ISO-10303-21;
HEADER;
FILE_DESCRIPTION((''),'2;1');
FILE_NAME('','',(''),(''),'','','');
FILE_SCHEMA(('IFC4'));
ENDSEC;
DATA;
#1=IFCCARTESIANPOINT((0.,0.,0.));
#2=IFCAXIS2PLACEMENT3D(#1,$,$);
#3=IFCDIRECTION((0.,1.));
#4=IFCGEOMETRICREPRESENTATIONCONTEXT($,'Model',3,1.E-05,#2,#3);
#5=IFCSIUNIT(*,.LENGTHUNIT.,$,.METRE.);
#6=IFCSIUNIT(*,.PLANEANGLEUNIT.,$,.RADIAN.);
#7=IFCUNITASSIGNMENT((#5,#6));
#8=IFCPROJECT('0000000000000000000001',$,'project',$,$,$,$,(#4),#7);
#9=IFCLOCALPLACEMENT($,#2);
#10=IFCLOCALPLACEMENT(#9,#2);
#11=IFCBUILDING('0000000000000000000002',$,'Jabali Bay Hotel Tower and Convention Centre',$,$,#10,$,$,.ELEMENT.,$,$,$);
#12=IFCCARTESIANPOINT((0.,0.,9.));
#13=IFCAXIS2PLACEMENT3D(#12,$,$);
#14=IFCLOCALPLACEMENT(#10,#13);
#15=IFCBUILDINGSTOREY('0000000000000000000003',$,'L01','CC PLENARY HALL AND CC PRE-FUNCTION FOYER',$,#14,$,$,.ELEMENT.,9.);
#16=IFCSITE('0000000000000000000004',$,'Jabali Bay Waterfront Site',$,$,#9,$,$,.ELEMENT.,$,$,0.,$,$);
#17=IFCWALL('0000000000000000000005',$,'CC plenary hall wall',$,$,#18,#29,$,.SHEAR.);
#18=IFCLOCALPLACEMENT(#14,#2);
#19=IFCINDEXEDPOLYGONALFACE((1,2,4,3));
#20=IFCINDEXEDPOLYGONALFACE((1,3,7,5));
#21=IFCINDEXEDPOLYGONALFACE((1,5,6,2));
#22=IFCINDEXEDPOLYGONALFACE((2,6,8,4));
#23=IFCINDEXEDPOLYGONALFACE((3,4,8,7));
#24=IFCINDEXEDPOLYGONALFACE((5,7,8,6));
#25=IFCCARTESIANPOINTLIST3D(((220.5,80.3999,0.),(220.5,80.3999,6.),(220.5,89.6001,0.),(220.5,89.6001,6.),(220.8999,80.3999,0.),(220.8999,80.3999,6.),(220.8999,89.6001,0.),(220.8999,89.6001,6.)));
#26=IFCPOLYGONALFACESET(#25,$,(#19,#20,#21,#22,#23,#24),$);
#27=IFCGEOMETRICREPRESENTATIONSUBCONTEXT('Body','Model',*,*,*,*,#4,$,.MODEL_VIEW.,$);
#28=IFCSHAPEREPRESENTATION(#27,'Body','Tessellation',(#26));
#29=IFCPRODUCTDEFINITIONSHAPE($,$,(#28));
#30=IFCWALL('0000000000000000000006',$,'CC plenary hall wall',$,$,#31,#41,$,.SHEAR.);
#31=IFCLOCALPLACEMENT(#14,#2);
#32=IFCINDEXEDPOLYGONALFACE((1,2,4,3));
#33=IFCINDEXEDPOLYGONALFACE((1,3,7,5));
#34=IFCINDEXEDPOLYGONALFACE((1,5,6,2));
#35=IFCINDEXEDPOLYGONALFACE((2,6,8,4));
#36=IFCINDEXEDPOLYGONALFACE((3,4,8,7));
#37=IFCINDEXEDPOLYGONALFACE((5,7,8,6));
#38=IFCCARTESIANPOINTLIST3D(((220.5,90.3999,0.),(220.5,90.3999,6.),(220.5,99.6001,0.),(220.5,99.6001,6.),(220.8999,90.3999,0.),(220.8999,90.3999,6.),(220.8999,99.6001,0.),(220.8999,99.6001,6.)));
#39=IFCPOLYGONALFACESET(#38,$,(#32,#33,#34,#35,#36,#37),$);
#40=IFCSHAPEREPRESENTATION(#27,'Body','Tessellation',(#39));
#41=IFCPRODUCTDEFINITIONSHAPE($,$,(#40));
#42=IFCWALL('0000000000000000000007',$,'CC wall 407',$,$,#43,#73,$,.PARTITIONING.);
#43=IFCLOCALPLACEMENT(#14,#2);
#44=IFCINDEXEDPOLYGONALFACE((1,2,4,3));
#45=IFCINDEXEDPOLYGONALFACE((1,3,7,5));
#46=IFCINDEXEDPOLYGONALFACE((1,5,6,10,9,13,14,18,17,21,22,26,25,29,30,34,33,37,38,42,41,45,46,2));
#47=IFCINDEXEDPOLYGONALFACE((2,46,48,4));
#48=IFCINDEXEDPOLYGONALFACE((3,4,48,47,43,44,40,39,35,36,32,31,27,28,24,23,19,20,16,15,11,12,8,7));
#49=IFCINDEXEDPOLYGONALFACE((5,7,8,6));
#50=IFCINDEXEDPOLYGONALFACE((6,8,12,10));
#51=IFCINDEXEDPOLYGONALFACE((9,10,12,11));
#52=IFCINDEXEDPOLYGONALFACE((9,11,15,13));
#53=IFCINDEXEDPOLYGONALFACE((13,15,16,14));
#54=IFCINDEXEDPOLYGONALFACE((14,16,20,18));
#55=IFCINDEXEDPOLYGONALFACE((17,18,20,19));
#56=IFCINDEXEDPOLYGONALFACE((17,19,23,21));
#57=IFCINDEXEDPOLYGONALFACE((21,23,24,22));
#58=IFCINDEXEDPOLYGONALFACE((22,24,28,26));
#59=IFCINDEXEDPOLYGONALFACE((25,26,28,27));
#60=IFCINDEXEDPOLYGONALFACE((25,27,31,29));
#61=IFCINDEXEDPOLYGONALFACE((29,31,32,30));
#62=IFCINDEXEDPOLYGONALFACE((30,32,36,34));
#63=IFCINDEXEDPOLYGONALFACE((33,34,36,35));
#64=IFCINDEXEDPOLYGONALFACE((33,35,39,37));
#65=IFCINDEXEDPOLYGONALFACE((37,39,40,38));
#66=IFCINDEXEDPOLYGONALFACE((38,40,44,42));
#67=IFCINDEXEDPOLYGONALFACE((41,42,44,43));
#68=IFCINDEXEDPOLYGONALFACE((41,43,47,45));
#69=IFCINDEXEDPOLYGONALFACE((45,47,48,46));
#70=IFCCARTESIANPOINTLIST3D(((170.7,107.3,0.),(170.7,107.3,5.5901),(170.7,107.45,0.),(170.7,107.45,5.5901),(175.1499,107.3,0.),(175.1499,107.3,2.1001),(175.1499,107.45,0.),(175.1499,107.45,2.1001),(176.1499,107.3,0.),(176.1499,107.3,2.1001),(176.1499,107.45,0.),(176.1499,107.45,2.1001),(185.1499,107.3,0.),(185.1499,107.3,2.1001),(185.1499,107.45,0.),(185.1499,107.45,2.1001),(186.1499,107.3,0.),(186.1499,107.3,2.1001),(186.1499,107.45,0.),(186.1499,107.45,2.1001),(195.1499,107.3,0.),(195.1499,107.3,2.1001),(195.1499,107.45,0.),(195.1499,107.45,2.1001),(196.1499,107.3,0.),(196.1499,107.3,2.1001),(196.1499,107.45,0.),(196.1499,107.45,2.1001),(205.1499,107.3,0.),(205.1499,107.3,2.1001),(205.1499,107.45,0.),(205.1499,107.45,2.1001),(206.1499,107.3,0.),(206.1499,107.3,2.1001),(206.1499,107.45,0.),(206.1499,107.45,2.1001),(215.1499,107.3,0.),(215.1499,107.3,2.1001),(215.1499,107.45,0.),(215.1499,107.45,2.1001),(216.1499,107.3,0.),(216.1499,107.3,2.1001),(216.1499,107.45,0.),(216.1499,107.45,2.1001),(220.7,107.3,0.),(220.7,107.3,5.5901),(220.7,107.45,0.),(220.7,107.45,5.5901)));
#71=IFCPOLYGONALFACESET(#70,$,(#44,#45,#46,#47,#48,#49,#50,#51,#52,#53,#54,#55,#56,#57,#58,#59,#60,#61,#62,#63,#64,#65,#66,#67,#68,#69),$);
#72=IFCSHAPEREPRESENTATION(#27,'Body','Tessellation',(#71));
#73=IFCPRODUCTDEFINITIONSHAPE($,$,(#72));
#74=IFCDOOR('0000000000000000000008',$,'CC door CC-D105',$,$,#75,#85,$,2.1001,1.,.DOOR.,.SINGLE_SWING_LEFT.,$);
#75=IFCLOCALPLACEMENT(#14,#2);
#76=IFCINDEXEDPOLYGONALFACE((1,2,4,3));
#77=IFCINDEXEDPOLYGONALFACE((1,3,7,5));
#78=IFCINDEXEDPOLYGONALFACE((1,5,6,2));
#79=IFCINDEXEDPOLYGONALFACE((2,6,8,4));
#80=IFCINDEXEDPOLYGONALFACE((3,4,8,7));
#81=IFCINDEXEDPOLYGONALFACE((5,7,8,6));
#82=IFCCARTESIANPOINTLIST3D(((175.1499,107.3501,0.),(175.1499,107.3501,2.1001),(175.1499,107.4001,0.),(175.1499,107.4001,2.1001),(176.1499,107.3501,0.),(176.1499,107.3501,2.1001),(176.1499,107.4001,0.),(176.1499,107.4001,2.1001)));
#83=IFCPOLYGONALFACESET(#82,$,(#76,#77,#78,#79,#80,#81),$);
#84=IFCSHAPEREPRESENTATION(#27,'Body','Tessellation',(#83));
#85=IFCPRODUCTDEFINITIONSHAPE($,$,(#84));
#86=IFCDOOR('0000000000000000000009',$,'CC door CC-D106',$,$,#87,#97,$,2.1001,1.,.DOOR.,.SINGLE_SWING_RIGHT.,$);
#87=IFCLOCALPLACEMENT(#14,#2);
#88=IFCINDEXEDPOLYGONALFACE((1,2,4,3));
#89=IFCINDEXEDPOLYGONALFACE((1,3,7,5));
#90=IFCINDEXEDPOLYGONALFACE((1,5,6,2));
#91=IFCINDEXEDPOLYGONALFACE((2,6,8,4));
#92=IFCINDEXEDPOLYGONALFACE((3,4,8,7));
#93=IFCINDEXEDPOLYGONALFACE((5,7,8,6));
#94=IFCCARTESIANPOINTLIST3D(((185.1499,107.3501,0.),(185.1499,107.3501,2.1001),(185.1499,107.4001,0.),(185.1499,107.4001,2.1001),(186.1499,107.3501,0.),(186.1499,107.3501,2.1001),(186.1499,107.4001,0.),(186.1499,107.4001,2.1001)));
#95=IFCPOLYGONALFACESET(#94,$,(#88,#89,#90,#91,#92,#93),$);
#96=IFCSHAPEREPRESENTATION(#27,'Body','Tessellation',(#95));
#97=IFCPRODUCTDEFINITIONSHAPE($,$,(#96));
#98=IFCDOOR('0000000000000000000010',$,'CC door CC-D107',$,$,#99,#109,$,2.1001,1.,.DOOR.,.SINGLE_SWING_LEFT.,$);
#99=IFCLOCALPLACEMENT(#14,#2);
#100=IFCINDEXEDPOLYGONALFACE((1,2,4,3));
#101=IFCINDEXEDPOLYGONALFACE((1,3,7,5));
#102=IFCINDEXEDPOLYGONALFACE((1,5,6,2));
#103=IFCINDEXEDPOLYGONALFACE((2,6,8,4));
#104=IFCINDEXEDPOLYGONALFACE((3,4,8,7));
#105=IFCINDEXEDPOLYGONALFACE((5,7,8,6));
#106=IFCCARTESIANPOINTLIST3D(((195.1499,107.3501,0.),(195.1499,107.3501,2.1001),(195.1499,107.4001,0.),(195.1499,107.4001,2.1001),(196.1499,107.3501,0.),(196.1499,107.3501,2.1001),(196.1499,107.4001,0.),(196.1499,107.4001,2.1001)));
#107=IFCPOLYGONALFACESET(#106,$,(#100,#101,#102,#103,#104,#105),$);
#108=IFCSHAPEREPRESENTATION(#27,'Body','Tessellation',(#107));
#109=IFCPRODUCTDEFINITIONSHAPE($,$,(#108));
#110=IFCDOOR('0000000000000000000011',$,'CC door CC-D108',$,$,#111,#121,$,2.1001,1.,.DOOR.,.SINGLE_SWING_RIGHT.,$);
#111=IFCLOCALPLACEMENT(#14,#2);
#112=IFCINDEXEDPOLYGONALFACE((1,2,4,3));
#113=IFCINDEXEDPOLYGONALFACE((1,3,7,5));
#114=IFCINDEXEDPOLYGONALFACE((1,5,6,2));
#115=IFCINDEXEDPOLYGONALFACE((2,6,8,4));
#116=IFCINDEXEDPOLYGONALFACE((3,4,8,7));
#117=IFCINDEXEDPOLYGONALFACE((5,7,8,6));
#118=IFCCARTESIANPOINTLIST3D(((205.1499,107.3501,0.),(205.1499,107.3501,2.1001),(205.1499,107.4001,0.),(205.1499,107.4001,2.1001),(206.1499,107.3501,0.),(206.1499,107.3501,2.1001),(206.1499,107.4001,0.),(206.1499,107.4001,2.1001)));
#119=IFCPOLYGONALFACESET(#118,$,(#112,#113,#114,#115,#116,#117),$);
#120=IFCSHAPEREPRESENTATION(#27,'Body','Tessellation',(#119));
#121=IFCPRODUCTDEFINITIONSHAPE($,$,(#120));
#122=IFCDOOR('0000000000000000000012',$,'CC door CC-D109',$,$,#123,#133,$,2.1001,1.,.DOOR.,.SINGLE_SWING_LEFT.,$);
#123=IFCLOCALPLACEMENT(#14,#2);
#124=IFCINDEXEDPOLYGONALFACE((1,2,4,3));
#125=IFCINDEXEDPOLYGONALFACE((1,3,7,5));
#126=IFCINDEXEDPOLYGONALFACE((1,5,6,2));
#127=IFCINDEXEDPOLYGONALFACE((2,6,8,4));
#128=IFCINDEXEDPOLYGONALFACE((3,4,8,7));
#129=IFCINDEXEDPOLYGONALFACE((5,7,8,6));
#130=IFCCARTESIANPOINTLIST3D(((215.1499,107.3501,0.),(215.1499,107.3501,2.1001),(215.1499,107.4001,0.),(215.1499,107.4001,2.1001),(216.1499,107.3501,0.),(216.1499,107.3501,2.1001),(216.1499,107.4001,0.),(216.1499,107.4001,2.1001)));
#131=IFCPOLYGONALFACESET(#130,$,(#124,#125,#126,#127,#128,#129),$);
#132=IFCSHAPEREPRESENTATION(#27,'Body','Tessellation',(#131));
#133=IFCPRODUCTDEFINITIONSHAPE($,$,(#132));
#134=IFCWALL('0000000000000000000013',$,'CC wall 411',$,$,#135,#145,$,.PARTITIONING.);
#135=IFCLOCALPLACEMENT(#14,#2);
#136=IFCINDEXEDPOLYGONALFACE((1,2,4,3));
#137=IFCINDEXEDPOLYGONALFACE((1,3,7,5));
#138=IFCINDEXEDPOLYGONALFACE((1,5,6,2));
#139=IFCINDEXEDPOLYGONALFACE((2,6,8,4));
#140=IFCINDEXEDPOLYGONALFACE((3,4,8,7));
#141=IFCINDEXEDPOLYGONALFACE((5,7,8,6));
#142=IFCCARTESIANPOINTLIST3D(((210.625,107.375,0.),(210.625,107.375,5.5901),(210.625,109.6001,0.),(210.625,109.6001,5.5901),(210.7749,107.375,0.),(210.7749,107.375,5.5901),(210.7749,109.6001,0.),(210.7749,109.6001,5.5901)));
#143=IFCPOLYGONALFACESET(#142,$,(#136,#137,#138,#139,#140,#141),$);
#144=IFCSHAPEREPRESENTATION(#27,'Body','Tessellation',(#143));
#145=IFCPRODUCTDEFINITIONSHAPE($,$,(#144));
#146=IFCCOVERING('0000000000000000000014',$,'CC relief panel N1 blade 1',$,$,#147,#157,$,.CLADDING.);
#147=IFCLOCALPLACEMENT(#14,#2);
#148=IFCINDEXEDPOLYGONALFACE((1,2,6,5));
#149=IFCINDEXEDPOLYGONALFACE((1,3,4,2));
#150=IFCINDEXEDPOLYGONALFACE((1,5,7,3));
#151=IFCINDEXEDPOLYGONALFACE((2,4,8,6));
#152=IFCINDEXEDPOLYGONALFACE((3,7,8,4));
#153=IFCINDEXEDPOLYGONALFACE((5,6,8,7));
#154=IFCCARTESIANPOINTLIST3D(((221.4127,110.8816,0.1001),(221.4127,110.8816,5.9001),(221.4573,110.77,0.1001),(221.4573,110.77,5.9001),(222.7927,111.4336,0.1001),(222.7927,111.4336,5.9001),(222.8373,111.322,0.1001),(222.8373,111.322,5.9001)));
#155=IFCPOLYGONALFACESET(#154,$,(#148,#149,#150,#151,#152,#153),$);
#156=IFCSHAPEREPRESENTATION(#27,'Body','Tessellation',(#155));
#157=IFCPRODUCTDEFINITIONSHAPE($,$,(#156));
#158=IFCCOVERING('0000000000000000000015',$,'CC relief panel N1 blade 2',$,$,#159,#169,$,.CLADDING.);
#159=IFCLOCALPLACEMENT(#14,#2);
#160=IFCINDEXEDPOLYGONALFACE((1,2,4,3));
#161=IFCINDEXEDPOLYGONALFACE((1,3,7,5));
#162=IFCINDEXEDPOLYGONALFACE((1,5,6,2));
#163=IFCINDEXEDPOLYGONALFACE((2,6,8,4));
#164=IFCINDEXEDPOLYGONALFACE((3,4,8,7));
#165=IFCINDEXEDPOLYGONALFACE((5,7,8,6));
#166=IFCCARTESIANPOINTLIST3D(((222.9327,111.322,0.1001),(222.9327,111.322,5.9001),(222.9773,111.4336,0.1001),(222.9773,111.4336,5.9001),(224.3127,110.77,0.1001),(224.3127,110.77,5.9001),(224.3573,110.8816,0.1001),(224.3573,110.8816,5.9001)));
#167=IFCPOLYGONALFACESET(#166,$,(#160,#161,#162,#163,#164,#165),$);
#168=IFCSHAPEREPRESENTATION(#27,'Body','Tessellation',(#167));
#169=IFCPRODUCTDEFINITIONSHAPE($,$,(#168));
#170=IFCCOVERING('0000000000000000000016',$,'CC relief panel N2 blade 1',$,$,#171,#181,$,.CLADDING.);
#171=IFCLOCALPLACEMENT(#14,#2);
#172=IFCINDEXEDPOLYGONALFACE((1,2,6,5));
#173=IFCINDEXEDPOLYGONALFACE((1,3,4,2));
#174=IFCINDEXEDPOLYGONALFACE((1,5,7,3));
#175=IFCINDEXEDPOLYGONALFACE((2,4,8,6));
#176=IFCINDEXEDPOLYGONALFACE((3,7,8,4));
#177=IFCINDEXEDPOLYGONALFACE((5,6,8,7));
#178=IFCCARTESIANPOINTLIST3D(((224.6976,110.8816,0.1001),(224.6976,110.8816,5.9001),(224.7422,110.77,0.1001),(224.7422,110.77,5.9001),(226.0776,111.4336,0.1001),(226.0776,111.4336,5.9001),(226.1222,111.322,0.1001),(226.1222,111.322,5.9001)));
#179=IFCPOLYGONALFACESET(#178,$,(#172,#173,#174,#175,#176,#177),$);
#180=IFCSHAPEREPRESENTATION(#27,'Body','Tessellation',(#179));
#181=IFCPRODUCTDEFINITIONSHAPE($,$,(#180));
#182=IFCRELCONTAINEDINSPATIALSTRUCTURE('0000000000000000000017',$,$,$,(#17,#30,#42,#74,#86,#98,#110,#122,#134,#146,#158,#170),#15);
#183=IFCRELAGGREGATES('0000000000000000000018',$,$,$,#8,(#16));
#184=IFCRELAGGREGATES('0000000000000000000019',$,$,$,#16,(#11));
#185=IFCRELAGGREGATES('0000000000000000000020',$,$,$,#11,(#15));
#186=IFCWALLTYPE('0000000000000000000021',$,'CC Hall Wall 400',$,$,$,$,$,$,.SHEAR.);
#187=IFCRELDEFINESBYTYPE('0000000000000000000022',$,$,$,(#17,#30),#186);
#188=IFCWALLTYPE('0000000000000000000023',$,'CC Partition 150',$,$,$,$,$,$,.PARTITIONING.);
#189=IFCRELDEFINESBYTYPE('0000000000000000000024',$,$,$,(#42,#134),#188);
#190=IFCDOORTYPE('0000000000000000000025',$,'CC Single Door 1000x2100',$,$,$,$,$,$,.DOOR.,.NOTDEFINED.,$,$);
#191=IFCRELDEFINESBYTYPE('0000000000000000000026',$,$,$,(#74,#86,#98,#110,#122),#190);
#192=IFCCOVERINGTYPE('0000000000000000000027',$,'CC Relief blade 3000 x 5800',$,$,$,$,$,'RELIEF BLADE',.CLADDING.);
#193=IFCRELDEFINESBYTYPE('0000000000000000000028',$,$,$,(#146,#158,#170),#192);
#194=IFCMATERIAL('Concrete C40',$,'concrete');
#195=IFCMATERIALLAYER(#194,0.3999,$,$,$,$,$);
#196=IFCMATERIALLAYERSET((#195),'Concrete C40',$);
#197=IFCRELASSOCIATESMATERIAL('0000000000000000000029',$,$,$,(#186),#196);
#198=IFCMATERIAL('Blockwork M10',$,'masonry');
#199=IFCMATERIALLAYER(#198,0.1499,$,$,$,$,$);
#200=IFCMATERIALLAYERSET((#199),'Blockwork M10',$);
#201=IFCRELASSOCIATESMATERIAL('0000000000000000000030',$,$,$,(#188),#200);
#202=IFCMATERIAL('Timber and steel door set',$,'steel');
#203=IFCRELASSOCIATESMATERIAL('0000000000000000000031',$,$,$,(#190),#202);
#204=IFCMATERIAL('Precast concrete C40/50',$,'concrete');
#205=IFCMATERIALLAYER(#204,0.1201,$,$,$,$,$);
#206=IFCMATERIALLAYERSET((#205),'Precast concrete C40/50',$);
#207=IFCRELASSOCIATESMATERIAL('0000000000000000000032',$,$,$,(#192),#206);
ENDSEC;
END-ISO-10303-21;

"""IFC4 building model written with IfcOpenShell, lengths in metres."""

from ifc_helpers import new_model, si_unit, direction, frame, frame_2d, origin, origin_2d, place, context, subcontext, project, spatial, rectangle, extrude, material, layer, layer_set, type_object, element, fill, save


model = new_model("IFC4")

# Units and contexts
model_context = context("Model", 3, precision=1e-05, world=origin(), true_north=direction((0.0, 1.0)))
body_context = subcontext(model_context, "Body", "Model", "MODEL_VIEW")
ifc_project = project(units=[si_unit("LENGTHUNIT", "METRE"), si_unit("PLANEANGLEUNIT", "RADIAN")], contexts=[model_context])

# Site, building, storey
site_placement = place(None, origin())
site = spatial("IfcSite", under=ifc_project, at=site_placement, Name="Jabali Bay Waterfront Site", CompositionType="ELEMENT", RefElevation=0.0)
building_placement = place(site_placement, origin())
building = spatial("IfcBuilding", under=site, at=building_placement, Name="Jabali Bay Hotel Tower and Convention Centre", CompositionType="ELEMENT")
storey_placement = place(building_placement, frame((0.0, 0.0, 9.0)))
storey = spatial("IfcBuildingStorey", under=building, at=storey_placement, Name="L01", Description="CC PLENARY HALL AND CC PRE-FUNCTION FOYER", CompositionType="ELEMENT", Elevation=9.0)

# Shared definitions
ifc_material_1 = material(Name="Concrete C40", Category="concrete")

# Walls
ifc_layer_1 = layer(ifc_material_1, 0.3999)
ifc_layer_set_1 = layer_set([ifc_layer_1], Name="Concrete C40")
wall_type_1 = type_object("IfcWallType", Name="CC Hall Wall 400", PredefinedType="SHEAR", material=ifc_layer_set_1)
for number, where, z_axis, x_axis, name in (
    (1, (220.7, 80.3999, 0.0), (0.0, 0.0, 1.0), (0.0, 1.0, 0.0), "CC plenary hall wall"),
    (2, (220.7, 90.3999, 0.0), (0.0, 0.0, 1.0), (0.0, 1.0, 0.0), "CC plenary hall wall"),
):
    element("IfcWall", number, at=place(storey_placement, frame(where, z_axis=z_axis, x_axis=x_axis)), inside=storey, type_object=wall_type_1, Name=name, PredefinedType="SHEAR", context=body_context, shape_type="SweptSolid", body=[
        extrude(rectangle(XDim=9.2002, YDim=0.3999, at=frame_2d((4.6001, 0.0))), origin(), (0.0, 0.0, 1.0), 6.0),
    ])

# Shared definitions
ifc_material_2 = material(Name="Timber and steel door set", Category="steel")

# Wall, openings, doors
ifc_material_3 = material(Name="Blockwork M10", Category="masonry")
ifc_layer_2 = layer(ifc_material_3, 0.1499)
ifc_layer_set_2 = layer_set([ifc_layer_2], Name="Blockwork M10")
wall_type_2 = type_object("IfcWallType", Name="CC Partition 150", PredefinedType="PARTITIONING", material=ifc_layer_set_2)
wall_1_placement = place(storey_placement, frame((220.7, 107.375, 0.0), z_axis=(0.0, 0.0, 1.0), x_axis=(-1.0, 0.0, 0.0)))
wall_1 = element("IfcWall", 3, at=wall_1_placement, inside=storey, type_object=wall_type_2, Name="CC wall 407", PredefinedType="PARTITIONING", context=body_context, shape_type="SweptSolid", body=[
    extrude(rectangle(XDim=50.0, YDim=0.1499, at=frame_2d((25.0, 0.0))), origin(), (0.0, 0.0, 1.0), 5.5901),
])
opening_1_placement = place(wall_1_placement, frame((44.55, 0.0, 0.0)))
opening_1 = element("IfcOpeningElement", 4, at=opening_1_placement, cuts=wall_1, PredefinedType="OPENING", context=body_context, shape_type="SweptSolid", body=[
    extrude(rectangle(XDim=1.0, YDim=2.1001, at=frame_2d((0.5, 1.05))), frame((0.0, 0.0854, 0.0), z_axis=(0.0, -1.0, 0.0), x_axis=(1.0, 0.0, 0.0)), (0.0, 0.0, 1.0), 0.1709),
])
opening_2_placement = place(wall_1_placement, frame((34.55, 0.0, 0.0)))
opening_2 = element("IfcOpeningElement", 5, at=opening_2_placement, cuts=wall_1, PredefinedType="OPENING", context=body_context, shape_type="SweptSolid", body=[
    extrude(rectangle(XDim=1.0, YDim=2.1001, at=frame_2d((0.5, 1.05))), frame((0.0, 0.0854, 0.0), z_axis=(0.0, -1.0, 0.0), x_axis=(1.0, 0.0, 0.0)), (0.0, 0.0, 1.0), 0.1709),
])
opening_3_placement = place(wall_1_placement, frame((24.55, 0.0, 0.0)))
opening_3 = element("IfcOpeningElement", 6, at=opening_3_placement, cuts=wall_1, PredefinedType="OPENING", context=body_context, shape_type="SweptSolid", body=[
    extrude(rectangle(XDim=1.0, YDim=2.1001, at=frame_2d((0.5, 1.05))), frame((0.0, 0.0854, 0.0), z_axis=(0.0, -1.0, 0.0), x_axis=(1.0, 0.0, 0.0)), (0.0, 0.0, 1.0), 0.1709),
])
opening_4_placement = place(wall_1_placement, frame((14.55, 0.0, 0.0)))
opening_4 = element("IfcOpeningElement", 7, at=opening_4_placement, cuts=wall_1, PredefinedType="OPENING", context=body_context, shape_type="SweptSolid", body=[
    extrude(rectangle(XDim=1.0, YDim=2.1001, at=frame_2d((0.5, 1.05))), frame((0.0, 0.0854, 0.0), z_axis=(0.0, -1.0, 0.0), x_axis=(1.0, 0.0, 0.0)), (0.0, 0.0, 1.0), 0.1709),
])
opening_5_placement = place(wall_1_placement, frame((4.55, 0.0, 0.0)))
opening_5 = element("IfcOpeningElement", 8, at=opening_5_placement, cuts=wall_1, PredefinedType="OPENING", context=body_context, shape_type="SweptSolid", body=[
    extrude(rectangle(XDim=1.0, YDim=2.1001, at=frame_2d((0.5, 1.05))), frame((0.0, 0.0854, 0.0), z_axis=(0.0, -1.0, 0.0), x_axis=(1.0, 0.0, 0.0)), (0.0, 0.0, 1.0), 0.1709),
])
door_type_1 = type_object("IfcDoorType", Name="CC Single Door 1000x2100", OperationType="NOTDEFINED", PredefinedType="DOOR", material=ifc_material_2)
door_1_placement = place(opening_1_placement, origin())
door_1 = element("IfcDoor", 9, at=door_1_placement, inside=storey, type_object=door_type_1, Name="CC door CC-D105", OperationType="SINGLE_SWING_LEFT", OverallHeight=2.1001, OverallWidth=1.0, PredefinedType="DOOR", context=body_context, shape_type="SweptSolid", body=[
    extrude(rectangle(XDim=1.0, YDim=2.1001, at=frame_2d((0.5, 1.05))), frame((0.0, 0.0249, 0.0), z_axis=(0.0, -1.0, 0.0), x_axis=(1.0, 0.0, 0.0)), (0.0, 0.0, 1.0), 0.05),
])
fill(opening_1, door_1)
door_2_placement = place(opening_2_placement, origin())
door_2 = element("IfcDoor", 10, at=door_2_placement, inside=storey, type_object=door_type_1, Name="CC door CC-D106", OperationType="SINGLE_SWING_RIGHT", OverallHeight=2.1001, OverallWidth=1.0, PredefinedType="DOOR", context=body_context, shape_type="SweptSolid", body=[
    extrude(rectangle(XDim=1.0, YDim=2.1001, at=frame_2d((0.5, 1.05))), frame((0.0, 0.0249, 0.0), z_axis=(0.0, -1.0, 0.0), x_axis=(1.0, 0.0, 0.0)), (0.0, 0.0, 1.0), 0.05),
])
fill(opening_2, door_2)
door_3_placement = place(opening_3_placement, origin())
door_3 = element("IfcDoor", 11, at=door_3_placement, inside=storey, type_object=door_type_1, Name="CC door CC-D107", OperationType="SINGLE_SWING_LEFT", OverallHeight=2.1001, OverallWidth=1.0, PredefinedType="DOOR", context=body_context, shape_type="SweptSolid", body=[
    extrude(rectangle(XDim=1.0, YDim=2.1001, at=frame_2d((0.5, 1.05))), frame((0.0, 0.0249, 0.0), z_axis=(0.0, -1.0, 0.0), x_axis=(1.0, 0.0, 0.0)), (0.0, 0.0, 1.0), 0.05),
])
fill(opening_3, door_3)
door_4_placement = place(opening_4_placement, origin())
door_4 = element("IfcDoor", 12, at=door_4_placement, inside=storey, type_object=door_type_1, Name="CC door CC-D108", OperationType="SINGLE_SWING_RIGHT", OverallHeight=2.1001, OverallWidth=1.0, PredefinedType="DOOR", context=body_context, shape_type="SweptSolid", body=[
    extrude(rectangle(XDim=1.0, YDim=2.1001, at=frame_2d((0.5, 1.05))), frame((0.0, 0.0249, 0.0), z_axis=(0.0, -1.0, 0.0), x_axis=(1.0, 0.0, 0.0)), (0.0, 0.0, 1.0), 0.05),
])
fill(opening_4, door_4)
door_5_placement = place(opening_5_placement, origin())
door_5 = element("IfcDoor", 13, at=door_5_placement, inside=storey, type_object=door_type_1, Name="CC door CC-D109", OperationType="SINGLE_SWING_LEFT", OverallHeight=2.1001, OverallWidth=1.0, PredefinedType="DOOR", context=body_context, shape_type="SweptSolid", body=[
    extrude(rectangle(XDim=1.0, YDim=2.1001, at=frame_2d((0.5, 1.05))), frame((0.0, 0.0249, 0.0), z_axis=(0.0, -1.0, 0.0), x_axis=(1.0, 0.0, 0.0)), (0.0, 0.0, 1.0), 0.05),
])
fill(opening_5, door_5)

# Wall
wall_2_placement = place(storey_placement, frame((210.7, 107.375, 0.0), z_axis=(0.0, 0.0, 1.0), x_axis=(0.0, 1.0, 0.0)))
element("IfcWall", 14, at=wall_2_placement, inside=storey, type_object=wall_type_2, Name="CC wall 411", PredefinedType="PARTITIONING", context=body_context, shape_type="SweptSolid", body=[
    extrude(rectangle(XDim=2.2251, YDim=0.1499, at=frame_2d((1.1125, 0.0))), origin(), (0.0, 0.0, 1.0), 5.5901),
])

# Coverings
ifc_material_4 = material(Name="Precast concrete C40/50", Category="concrete")
ifc_layer_3 = layer(ifc_material_4, 0.1201)
ifc_layer_set_3 = layer_set([ifc_layer_3], Name="Precast concrete C40/50")
covering_type_1 = type_object("IfcCoveringType", Name="CC Relief blade 3000 x 5800", ElementType="RELIEF BLADE", PredefinedType="CLADDING", material=ifc_layer_set_3)
for number, where, z_axis, x_axis, name in (
    (15, (222.125, 111.1018, 0.1001), (0.0, 0.0, 1.0), (0.928477, 0.371391, 0.0), "CC relief panel N1 blade 1"),
    (16, (223.645, 111.1018, 0.1001), (0.0, 0.0, 1.0), (-0.928477, 0.371391, 0.0), "CC relief panel N1 blade 2"),
    (17, (225.4099, 111.1018, 0.1001), (0.0, 0.0, 1.0), (0.928477, 0.371391, 0.0), "CC relief panel N2 blade 1"),
):
    element("IfcCovering", number, at=place(storey_placement, frame(where, z_axis=z_axis, x_axis=x_axis)), inside=storey, type_object=covering_type_1, Name=name, PredefinedType="CLADDING", context=body_context, shape_type="SweptSolid", body=[
        extrude(rectangle(XDim=1.4863, YDim=0.1201, at=origin_2d()), origin(), (0.0, 0.0, 1.0), 5.8),
    ])

save(model, "model.ifc")
